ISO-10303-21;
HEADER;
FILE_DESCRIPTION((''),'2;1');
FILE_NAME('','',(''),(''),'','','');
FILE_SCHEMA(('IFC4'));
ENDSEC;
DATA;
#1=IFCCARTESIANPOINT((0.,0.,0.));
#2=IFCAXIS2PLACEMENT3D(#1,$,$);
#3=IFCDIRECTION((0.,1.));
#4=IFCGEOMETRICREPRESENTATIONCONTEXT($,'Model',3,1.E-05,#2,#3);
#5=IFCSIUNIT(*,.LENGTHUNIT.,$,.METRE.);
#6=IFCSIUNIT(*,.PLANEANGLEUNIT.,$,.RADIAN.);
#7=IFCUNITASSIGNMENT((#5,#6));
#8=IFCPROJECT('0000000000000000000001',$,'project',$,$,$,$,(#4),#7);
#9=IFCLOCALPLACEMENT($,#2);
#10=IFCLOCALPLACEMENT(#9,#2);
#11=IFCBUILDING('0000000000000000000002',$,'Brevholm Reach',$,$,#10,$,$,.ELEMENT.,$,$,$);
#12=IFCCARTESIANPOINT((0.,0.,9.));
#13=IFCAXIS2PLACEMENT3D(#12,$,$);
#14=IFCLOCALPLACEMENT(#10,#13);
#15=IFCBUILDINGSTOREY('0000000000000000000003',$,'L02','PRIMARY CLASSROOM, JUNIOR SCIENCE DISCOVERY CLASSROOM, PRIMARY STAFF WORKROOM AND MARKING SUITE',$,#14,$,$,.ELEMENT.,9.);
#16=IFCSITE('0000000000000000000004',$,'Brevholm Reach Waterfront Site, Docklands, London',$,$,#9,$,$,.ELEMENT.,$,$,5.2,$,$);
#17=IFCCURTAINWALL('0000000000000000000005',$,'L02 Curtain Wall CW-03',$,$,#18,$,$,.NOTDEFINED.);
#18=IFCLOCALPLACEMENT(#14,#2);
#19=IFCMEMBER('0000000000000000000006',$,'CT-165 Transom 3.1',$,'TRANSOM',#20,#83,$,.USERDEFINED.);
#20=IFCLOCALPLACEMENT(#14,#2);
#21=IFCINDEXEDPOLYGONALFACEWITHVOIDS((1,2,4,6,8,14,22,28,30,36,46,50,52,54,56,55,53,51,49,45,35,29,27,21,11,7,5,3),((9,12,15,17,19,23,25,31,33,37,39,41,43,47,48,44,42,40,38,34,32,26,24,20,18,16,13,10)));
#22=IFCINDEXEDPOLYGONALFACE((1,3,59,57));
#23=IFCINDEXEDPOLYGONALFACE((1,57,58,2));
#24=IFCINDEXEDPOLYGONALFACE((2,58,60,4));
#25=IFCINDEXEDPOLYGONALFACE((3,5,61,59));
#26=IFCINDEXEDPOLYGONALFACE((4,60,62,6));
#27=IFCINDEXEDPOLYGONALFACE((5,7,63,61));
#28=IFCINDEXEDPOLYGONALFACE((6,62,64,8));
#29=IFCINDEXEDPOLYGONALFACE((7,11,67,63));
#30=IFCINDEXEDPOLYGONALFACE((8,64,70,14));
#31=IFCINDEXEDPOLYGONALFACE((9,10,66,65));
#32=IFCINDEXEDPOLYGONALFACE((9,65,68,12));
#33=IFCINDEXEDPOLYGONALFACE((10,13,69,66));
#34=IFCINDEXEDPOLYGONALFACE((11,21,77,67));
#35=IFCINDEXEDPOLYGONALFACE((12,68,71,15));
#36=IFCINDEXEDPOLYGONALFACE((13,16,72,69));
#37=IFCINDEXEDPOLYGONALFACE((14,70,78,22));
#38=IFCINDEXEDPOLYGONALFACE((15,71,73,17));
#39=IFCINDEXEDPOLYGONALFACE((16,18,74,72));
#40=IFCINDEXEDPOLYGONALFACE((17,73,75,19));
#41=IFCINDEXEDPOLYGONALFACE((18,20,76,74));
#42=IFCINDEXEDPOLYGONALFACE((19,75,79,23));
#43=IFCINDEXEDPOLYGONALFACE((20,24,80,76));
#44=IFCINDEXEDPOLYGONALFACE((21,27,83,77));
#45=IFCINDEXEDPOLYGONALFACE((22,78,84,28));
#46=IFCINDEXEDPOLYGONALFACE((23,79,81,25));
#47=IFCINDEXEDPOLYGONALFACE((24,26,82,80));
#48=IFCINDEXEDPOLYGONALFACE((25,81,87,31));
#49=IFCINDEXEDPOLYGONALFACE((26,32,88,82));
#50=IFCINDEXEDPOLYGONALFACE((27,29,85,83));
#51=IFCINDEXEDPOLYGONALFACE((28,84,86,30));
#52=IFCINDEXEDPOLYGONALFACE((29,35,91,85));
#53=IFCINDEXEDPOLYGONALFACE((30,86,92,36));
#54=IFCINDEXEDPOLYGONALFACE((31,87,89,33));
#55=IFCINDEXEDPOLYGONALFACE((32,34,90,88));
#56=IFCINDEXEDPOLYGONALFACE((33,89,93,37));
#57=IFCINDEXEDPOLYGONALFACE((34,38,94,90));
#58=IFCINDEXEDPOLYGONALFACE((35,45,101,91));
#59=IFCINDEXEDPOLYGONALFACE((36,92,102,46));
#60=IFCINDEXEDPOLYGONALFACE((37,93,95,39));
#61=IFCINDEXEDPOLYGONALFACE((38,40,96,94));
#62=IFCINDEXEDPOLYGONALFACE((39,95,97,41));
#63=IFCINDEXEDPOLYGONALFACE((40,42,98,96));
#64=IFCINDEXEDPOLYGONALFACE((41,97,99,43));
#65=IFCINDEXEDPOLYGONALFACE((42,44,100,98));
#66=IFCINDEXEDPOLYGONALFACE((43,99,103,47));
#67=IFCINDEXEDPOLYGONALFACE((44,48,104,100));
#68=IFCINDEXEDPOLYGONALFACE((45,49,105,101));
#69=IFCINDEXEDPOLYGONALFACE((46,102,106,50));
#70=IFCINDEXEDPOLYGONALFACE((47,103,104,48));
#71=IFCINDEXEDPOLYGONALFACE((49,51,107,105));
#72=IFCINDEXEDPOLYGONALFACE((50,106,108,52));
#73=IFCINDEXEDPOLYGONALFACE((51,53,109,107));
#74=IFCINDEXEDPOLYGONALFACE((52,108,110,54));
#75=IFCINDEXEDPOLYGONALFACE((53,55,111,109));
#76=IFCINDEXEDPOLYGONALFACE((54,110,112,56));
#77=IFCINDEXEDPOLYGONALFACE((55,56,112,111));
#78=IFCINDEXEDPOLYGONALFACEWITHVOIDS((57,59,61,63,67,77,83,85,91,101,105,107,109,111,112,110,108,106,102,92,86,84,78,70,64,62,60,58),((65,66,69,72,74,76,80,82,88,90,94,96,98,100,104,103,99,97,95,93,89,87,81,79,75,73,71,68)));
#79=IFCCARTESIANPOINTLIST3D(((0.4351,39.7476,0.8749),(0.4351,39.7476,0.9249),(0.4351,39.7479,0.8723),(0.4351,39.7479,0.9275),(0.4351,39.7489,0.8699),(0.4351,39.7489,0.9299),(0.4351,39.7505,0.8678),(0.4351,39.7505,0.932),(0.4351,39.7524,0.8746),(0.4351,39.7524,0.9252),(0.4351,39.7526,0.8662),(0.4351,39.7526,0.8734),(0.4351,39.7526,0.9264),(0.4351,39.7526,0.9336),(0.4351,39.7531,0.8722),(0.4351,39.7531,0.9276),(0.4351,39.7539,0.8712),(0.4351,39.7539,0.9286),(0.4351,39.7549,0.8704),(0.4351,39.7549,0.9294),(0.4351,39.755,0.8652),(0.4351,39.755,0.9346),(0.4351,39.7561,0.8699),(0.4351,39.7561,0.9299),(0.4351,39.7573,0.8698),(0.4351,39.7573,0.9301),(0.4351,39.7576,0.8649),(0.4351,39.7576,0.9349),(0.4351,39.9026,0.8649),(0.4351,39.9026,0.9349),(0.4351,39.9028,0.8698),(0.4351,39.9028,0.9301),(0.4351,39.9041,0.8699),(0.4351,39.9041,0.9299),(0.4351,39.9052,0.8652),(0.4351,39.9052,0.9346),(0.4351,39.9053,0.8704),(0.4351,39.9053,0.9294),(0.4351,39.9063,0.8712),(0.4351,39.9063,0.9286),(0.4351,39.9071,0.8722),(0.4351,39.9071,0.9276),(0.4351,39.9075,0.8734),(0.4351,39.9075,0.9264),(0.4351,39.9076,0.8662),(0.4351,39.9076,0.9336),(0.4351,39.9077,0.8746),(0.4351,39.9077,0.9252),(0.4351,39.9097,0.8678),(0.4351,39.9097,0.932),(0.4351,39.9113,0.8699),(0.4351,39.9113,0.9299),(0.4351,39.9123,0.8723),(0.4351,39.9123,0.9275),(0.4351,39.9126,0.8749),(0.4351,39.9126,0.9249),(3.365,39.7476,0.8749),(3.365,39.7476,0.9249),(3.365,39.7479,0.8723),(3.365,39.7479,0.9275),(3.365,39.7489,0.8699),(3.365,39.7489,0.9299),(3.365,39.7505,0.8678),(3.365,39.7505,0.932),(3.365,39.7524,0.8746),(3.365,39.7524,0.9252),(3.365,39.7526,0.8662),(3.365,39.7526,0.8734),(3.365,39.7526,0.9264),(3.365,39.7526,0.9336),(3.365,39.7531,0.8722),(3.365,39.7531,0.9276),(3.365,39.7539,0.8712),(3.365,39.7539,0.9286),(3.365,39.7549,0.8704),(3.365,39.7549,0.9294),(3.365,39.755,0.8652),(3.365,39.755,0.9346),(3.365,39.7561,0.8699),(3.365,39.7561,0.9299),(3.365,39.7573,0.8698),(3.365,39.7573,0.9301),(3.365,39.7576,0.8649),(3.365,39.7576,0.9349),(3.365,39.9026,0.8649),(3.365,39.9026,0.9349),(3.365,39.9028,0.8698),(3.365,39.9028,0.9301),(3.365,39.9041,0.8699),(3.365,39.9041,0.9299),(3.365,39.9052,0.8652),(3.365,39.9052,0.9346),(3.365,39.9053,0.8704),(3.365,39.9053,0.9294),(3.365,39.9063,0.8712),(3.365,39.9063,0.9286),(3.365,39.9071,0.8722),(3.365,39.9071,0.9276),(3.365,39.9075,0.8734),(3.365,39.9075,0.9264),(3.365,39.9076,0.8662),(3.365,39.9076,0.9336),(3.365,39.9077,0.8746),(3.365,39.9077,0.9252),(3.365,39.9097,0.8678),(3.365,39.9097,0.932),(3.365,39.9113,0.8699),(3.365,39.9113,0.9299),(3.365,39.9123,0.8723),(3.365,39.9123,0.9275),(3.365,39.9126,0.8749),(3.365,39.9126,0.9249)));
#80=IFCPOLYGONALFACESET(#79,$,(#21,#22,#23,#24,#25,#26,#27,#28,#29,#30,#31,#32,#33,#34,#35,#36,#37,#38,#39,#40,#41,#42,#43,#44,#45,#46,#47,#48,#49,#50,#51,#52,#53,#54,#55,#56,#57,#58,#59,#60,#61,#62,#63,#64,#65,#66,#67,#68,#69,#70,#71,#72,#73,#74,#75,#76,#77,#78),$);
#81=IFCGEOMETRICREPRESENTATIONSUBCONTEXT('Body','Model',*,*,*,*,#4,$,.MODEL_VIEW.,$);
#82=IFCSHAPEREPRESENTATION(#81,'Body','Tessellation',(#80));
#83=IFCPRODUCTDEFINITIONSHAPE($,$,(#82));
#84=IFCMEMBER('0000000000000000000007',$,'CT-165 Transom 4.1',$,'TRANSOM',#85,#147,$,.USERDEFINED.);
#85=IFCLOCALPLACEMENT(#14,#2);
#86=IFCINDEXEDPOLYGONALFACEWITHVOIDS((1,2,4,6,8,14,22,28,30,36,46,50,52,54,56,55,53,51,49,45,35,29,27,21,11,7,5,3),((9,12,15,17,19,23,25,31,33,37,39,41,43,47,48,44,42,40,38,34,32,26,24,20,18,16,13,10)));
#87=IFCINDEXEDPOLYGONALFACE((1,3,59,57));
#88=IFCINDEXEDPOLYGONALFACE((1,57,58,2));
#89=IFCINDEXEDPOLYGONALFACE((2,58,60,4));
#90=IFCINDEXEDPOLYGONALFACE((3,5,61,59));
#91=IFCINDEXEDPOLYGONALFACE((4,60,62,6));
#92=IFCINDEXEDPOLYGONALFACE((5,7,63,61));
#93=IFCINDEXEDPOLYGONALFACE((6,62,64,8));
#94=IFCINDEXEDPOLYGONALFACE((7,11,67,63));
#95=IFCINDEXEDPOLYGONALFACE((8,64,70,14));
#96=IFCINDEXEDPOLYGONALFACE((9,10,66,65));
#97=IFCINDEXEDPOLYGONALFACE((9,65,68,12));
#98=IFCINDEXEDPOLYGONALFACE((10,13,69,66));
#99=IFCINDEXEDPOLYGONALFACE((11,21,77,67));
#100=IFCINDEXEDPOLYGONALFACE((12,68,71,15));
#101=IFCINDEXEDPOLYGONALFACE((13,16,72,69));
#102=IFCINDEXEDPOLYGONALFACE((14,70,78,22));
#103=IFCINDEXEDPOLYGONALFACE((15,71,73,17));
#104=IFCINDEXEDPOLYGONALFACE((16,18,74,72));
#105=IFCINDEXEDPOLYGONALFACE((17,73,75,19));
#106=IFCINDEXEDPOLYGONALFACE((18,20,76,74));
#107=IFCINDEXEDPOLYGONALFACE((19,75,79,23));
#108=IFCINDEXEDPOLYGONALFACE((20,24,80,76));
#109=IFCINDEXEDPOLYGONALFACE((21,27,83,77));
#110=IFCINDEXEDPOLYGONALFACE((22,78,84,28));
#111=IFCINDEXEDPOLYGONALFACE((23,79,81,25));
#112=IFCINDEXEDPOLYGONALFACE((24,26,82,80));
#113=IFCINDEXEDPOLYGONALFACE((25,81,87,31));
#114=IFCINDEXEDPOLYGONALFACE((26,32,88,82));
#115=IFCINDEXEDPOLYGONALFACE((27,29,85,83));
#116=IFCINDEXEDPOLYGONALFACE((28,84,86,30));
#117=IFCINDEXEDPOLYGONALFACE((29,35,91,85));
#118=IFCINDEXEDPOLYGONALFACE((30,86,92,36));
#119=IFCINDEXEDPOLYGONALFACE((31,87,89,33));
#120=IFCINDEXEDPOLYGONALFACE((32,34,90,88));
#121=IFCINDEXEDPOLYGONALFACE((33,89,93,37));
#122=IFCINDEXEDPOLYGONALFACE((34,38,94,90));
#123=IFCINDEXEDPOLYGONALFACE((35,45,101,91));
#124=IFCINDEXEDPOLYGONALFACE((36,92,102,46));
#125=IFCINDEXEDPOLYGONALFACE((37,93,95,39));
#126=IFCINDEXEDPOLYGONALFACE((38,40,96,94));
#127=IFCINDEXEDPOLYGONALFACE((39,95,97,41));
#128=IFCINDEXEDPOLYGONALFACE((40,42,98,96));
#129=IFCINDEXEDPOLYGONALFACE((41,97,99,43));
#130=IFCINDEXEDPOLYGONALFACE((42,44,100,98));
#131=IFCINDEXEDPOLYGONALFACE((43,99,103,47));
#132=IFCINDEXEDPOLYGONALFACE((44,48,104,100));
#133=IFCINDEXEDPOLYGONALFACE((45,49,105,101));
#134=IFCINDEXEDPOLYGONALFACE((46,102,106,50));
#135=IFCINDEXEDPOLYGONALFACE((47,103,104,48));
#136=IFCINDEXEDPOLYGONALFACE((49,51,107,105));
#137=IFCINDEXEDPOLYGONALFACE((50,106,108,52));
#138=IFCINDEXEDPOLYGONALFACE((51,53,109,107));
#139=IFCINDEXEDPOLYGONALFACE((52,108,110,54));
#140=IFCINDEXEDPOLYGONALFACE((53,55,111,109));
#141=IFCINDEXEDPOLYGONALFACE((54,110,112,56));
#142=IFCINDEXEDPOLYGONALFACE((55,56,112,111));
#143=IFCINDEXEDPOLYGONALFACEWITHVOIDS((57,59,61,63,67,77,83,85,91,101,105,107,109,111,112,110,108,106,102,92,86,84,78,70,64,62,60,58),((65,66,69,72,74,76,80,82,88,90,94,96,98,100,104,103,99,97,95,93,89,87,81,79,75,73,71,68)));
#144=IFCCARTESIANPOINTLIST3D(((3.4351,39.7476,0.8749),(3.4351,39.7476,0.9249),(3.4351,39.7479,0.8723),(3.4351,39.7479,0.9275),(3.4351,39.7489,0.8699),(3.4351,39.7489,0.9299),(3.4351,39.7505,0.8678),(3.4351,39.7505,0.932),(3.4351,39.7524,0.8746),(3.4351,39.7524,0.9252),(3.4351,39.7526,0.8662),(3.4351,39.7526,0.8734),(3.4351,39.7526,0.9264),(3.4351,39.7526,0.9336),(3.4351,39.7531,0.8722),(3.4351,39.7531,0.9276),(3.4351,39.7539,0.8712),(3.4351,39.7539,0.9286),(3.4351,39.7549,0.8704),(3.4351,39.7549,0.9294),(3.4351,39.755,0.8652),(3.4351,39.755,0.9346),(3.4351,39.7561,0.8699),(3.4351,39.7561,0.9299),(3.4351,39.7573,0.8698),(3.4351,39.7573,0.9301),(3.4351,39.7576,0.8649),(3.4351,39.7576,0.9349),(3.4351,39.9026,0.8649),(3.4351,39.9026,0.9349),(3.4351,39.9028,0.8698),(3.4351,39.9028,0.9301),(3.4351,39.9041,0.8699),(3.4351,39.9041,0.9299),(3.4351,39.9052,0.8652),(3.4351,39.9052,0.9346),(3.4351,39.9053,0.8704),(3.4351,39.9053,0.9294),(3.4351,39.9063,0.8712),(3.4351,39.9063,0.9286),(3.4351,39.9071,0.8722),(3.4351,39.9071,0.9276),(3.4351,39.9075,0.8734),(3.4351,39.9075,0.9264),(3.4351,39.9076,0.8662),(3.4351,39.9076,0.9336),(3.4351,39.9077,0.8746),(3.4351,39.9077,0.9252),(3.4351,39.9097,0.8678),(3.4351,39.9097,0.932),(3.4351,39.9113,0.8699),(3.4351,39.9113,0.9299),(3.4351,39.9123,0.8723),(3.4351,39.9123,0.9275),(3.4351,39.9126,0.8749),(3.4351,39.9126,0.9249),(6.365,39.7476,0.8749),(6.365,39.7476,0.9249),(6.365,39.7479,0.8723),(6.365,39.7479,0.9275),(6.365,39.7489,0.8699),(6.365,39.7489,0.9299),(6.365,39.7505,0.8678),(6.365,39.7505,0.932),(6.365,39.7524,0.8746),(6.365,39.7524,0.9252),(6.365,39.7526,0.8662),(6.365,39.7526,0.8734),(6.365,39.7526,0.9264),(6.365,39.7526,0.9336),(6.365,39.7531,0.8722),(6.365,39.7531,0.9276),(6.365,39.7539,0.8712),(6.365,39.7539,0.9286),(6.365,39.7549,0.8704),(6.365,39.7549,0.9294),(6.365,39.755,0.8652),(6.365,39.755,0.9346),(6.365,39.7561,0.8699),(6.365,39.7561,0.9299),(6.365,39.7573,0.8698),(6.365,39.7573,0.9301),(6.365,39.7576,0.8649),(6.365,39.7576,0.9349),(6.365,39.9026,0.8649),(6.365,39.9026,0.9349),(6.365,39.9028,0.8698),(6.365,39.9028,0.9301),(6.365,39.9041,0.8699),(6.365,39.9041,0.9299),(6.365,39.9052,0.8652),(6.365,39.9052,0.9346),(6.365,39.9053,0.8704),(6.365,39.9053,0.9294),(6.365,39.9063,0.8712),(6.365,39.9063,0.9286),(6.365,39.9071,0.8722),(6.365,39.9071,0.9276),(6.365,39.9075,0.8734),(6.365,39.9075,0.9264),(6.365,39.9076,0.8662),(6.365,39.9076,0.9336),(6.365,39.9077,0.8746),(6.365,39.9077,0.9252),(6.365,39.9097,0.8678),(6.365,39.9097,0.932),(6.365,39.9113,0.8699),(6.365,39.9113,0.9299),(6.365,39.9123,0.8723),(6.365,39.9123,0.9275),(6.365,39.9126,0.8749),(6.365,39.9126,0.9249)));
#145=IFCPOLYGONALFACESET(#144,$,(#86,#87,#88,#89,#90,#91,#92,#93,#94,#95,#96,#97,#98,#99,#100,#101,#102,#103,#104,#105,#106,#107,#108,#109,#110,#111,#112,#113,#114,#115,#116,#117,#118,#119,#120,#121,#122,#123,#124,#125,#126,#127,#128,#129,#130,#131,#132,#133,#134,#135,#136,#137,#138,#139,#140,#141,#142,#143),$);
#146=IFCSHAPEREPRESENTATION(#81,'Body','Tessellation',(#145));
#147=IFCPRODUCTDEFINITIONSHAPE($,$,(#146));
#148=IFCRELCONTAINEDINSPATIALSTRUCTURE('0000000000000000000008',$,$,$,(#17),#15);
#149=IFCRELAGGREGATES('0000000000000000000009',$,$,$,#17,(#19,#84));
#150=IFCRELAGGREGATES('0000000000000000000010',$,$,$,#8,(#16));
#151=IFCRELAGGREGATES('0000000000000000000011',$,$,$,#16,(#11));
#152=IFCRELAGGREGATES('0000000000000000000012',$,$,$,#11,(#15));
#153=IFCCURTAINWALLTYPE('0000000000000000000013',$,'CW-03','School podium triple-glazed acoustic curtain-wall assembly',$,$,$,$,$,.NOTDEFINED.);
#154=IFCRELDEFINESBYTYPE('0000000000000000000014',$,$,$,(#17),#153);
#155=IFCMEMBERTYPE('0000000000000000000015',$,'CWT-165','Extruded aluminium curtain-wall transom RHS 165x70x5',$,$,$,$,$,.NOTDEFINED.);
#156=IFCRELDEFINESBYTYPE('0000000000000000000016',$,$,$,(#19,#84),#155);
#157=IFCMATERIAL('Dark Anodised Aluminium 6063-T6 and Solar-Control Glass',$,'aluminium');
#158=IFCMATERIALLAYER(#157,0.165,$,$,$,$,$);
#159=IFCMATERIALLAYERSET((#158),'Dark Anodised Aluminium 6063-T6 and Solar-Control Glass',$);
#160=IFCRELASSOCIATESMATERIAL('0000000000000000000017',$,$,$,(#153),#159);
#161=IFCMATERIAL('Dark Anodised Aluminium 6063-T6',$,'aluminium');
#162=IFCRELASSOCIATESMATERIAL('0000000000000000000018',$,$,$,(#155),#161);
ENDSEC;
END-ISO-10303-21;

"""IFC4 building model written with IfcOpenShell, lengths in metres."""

from ifc_helpers import new_model, si_unit, direction, frame, origin, origin_2d, place, context, subcontext, project, spatial, hollow_rectangle, extrude, material, layer, layer_set, material_profile, profile_set, type_object, element, aggregate, save


model = new_model("IFC4")

# Units and contexts
model_context = context("Model", 3, precision=1e-05, world=origin(), true_north=direction((0.0, 1.0)))
body_context = subcontext(model_context, "Body", "Model", "MODEL_VIEW")
ifc_project = project(units=[si_unit("LENGTHUNIT", "METRE"), si_unit("PLANEANGLEUNIT", "RADIAN")], contexts=[model_context])

# Site, building, storey
site_placement = place(None, origin())
site = spatial("IfcSite", under=ifc_project, at=site_placement, Name="Brevholm Reach Waterfront Site, Docklands, London", CompositionType="ELEMENT", RefElevation=5.2)
building_placement = place(site_placement, origin())
building = spatial("IfcBuilding", under=site, at=building_placement, Name="Brevholm Reach", CompositionType="ELEMENT")
storey_placement = place(building_placement, frame((0.0, 0.0, 9.0)))
storey = spatial("IfcBuildingStorey", under=building, at=storey_placement, Name="L02", Description="PRIMARY CLASSROOM, JUNIOR SCIENCE DISCOVERY CLASSROOM, PRIMARY STAFF WORKROOM AND MARKING SUITE", CompositionType="ELEMENT", Elevation=9.0)

# Curtain wall, members
ifc_material_1 = material(Name="Dark Anodised Aluminium 6063-T6 and Solar-Control Glass", Category="aluminium")
ifc_layer_1 = layer(ifc_material_1, 0.165)
ifc_layer_set_1 = layer_set([ifc_layer_1], Name="Dark Anodised Aluminium 6063-T6 and Solar-Control Glass")
curtain_wall_type = type_object("IfcCurtainWallType", Name="CW-03", Description="School podium triple-glazed acoustic curtain-wall assembly", PredefinedType="NOTDEFINED", material=ifc_layer_set_1)
curtain_wall_placement = place(storey_placement, origin())
curtain_wall = element("IfcCurtainWall", 1, at=curtain_wall_placement, inside=storey, type_object=curtain_wall_type, Name="L02 Curtain Wall CW-03", PredefinedType="NOTDEFINED")
ifc_material_2 = material(Name="Dark Anodised Aluminium 6063-T6", Category="aluminium")
ifc_material_profile_1 = material_profile(ifc_material_2, hollow_rectangle(XDim=0.0701, YDim=0.165, WallThickness=0.0049, InnerFilletRadius=0.0049, OuterFilletRadius=0.01, at=origin_2d()), Name="RHS 165x70x5")
ifc_profile_set_1 = profile_set([ifc_material_profile_1], Name="Dark Anodised Aluminium 6063-T6")
member_type_1 = type_object("IfcMemberType", Name="CWT-165", Description="Extruded aluminium curtain-wall transom RHS 165x70x5", PredefinedType="NOTDEFINED", material=ifc_profile_set_1)
member_1_placement = place(storey_placement, frame((0.4351, 39.8301, 0.8999), z_axis=(1.0, 0.0, 0.0), x_axis=(0.0, 0.0, 1.0)))
member_1 = element("IfcMember", 2, at=member_1_placement, type_object=member_type_1, Name="CT-165 Transom 3.1", ObjectType="TRANSOM", PredefinedType="USERDEFINED", context=body_context, shape_type="SweptSolid", body=[
    extrude(hollow_rectangle(XDim=0.0701, YDim=0.165, WallThickness=0.0049, InnerFilletRadius=0.0049, OuterFilletRadius=0.01, at=origin_2d()), origin(), (0.0, 0.0, 1.0), 2.9299),
])
member_2_placement = place(storey_placement, frame((3.4351, 39.8301, 0.8999), z_axis=(1.0, 0.0, 0.0), x_axis=(0.0, 0.0, 1.0)))
member_2 = element("IfcMember", 3, at=member_2_placement, type_object=member_type_1, Name="CT-165 Transom 4.1", ObjectType="TRANSOM", PredefinedType="USERDEFINED", context=body_context, shape_type="SweptSolid", body=[
    extrude(hollow_rectangle(XDim=0.0701, YDim=0.165, WallThickness=0.0049, InnerFilletRadius=0.0049, OuterFilletRadius=0.01, at=origin_2d()), origin(), (0.0, 0.0, 1.0), 2.9299),
])
aggregate(curtain_wall, [member_1, member_2])

save(model, "model.ifc")
